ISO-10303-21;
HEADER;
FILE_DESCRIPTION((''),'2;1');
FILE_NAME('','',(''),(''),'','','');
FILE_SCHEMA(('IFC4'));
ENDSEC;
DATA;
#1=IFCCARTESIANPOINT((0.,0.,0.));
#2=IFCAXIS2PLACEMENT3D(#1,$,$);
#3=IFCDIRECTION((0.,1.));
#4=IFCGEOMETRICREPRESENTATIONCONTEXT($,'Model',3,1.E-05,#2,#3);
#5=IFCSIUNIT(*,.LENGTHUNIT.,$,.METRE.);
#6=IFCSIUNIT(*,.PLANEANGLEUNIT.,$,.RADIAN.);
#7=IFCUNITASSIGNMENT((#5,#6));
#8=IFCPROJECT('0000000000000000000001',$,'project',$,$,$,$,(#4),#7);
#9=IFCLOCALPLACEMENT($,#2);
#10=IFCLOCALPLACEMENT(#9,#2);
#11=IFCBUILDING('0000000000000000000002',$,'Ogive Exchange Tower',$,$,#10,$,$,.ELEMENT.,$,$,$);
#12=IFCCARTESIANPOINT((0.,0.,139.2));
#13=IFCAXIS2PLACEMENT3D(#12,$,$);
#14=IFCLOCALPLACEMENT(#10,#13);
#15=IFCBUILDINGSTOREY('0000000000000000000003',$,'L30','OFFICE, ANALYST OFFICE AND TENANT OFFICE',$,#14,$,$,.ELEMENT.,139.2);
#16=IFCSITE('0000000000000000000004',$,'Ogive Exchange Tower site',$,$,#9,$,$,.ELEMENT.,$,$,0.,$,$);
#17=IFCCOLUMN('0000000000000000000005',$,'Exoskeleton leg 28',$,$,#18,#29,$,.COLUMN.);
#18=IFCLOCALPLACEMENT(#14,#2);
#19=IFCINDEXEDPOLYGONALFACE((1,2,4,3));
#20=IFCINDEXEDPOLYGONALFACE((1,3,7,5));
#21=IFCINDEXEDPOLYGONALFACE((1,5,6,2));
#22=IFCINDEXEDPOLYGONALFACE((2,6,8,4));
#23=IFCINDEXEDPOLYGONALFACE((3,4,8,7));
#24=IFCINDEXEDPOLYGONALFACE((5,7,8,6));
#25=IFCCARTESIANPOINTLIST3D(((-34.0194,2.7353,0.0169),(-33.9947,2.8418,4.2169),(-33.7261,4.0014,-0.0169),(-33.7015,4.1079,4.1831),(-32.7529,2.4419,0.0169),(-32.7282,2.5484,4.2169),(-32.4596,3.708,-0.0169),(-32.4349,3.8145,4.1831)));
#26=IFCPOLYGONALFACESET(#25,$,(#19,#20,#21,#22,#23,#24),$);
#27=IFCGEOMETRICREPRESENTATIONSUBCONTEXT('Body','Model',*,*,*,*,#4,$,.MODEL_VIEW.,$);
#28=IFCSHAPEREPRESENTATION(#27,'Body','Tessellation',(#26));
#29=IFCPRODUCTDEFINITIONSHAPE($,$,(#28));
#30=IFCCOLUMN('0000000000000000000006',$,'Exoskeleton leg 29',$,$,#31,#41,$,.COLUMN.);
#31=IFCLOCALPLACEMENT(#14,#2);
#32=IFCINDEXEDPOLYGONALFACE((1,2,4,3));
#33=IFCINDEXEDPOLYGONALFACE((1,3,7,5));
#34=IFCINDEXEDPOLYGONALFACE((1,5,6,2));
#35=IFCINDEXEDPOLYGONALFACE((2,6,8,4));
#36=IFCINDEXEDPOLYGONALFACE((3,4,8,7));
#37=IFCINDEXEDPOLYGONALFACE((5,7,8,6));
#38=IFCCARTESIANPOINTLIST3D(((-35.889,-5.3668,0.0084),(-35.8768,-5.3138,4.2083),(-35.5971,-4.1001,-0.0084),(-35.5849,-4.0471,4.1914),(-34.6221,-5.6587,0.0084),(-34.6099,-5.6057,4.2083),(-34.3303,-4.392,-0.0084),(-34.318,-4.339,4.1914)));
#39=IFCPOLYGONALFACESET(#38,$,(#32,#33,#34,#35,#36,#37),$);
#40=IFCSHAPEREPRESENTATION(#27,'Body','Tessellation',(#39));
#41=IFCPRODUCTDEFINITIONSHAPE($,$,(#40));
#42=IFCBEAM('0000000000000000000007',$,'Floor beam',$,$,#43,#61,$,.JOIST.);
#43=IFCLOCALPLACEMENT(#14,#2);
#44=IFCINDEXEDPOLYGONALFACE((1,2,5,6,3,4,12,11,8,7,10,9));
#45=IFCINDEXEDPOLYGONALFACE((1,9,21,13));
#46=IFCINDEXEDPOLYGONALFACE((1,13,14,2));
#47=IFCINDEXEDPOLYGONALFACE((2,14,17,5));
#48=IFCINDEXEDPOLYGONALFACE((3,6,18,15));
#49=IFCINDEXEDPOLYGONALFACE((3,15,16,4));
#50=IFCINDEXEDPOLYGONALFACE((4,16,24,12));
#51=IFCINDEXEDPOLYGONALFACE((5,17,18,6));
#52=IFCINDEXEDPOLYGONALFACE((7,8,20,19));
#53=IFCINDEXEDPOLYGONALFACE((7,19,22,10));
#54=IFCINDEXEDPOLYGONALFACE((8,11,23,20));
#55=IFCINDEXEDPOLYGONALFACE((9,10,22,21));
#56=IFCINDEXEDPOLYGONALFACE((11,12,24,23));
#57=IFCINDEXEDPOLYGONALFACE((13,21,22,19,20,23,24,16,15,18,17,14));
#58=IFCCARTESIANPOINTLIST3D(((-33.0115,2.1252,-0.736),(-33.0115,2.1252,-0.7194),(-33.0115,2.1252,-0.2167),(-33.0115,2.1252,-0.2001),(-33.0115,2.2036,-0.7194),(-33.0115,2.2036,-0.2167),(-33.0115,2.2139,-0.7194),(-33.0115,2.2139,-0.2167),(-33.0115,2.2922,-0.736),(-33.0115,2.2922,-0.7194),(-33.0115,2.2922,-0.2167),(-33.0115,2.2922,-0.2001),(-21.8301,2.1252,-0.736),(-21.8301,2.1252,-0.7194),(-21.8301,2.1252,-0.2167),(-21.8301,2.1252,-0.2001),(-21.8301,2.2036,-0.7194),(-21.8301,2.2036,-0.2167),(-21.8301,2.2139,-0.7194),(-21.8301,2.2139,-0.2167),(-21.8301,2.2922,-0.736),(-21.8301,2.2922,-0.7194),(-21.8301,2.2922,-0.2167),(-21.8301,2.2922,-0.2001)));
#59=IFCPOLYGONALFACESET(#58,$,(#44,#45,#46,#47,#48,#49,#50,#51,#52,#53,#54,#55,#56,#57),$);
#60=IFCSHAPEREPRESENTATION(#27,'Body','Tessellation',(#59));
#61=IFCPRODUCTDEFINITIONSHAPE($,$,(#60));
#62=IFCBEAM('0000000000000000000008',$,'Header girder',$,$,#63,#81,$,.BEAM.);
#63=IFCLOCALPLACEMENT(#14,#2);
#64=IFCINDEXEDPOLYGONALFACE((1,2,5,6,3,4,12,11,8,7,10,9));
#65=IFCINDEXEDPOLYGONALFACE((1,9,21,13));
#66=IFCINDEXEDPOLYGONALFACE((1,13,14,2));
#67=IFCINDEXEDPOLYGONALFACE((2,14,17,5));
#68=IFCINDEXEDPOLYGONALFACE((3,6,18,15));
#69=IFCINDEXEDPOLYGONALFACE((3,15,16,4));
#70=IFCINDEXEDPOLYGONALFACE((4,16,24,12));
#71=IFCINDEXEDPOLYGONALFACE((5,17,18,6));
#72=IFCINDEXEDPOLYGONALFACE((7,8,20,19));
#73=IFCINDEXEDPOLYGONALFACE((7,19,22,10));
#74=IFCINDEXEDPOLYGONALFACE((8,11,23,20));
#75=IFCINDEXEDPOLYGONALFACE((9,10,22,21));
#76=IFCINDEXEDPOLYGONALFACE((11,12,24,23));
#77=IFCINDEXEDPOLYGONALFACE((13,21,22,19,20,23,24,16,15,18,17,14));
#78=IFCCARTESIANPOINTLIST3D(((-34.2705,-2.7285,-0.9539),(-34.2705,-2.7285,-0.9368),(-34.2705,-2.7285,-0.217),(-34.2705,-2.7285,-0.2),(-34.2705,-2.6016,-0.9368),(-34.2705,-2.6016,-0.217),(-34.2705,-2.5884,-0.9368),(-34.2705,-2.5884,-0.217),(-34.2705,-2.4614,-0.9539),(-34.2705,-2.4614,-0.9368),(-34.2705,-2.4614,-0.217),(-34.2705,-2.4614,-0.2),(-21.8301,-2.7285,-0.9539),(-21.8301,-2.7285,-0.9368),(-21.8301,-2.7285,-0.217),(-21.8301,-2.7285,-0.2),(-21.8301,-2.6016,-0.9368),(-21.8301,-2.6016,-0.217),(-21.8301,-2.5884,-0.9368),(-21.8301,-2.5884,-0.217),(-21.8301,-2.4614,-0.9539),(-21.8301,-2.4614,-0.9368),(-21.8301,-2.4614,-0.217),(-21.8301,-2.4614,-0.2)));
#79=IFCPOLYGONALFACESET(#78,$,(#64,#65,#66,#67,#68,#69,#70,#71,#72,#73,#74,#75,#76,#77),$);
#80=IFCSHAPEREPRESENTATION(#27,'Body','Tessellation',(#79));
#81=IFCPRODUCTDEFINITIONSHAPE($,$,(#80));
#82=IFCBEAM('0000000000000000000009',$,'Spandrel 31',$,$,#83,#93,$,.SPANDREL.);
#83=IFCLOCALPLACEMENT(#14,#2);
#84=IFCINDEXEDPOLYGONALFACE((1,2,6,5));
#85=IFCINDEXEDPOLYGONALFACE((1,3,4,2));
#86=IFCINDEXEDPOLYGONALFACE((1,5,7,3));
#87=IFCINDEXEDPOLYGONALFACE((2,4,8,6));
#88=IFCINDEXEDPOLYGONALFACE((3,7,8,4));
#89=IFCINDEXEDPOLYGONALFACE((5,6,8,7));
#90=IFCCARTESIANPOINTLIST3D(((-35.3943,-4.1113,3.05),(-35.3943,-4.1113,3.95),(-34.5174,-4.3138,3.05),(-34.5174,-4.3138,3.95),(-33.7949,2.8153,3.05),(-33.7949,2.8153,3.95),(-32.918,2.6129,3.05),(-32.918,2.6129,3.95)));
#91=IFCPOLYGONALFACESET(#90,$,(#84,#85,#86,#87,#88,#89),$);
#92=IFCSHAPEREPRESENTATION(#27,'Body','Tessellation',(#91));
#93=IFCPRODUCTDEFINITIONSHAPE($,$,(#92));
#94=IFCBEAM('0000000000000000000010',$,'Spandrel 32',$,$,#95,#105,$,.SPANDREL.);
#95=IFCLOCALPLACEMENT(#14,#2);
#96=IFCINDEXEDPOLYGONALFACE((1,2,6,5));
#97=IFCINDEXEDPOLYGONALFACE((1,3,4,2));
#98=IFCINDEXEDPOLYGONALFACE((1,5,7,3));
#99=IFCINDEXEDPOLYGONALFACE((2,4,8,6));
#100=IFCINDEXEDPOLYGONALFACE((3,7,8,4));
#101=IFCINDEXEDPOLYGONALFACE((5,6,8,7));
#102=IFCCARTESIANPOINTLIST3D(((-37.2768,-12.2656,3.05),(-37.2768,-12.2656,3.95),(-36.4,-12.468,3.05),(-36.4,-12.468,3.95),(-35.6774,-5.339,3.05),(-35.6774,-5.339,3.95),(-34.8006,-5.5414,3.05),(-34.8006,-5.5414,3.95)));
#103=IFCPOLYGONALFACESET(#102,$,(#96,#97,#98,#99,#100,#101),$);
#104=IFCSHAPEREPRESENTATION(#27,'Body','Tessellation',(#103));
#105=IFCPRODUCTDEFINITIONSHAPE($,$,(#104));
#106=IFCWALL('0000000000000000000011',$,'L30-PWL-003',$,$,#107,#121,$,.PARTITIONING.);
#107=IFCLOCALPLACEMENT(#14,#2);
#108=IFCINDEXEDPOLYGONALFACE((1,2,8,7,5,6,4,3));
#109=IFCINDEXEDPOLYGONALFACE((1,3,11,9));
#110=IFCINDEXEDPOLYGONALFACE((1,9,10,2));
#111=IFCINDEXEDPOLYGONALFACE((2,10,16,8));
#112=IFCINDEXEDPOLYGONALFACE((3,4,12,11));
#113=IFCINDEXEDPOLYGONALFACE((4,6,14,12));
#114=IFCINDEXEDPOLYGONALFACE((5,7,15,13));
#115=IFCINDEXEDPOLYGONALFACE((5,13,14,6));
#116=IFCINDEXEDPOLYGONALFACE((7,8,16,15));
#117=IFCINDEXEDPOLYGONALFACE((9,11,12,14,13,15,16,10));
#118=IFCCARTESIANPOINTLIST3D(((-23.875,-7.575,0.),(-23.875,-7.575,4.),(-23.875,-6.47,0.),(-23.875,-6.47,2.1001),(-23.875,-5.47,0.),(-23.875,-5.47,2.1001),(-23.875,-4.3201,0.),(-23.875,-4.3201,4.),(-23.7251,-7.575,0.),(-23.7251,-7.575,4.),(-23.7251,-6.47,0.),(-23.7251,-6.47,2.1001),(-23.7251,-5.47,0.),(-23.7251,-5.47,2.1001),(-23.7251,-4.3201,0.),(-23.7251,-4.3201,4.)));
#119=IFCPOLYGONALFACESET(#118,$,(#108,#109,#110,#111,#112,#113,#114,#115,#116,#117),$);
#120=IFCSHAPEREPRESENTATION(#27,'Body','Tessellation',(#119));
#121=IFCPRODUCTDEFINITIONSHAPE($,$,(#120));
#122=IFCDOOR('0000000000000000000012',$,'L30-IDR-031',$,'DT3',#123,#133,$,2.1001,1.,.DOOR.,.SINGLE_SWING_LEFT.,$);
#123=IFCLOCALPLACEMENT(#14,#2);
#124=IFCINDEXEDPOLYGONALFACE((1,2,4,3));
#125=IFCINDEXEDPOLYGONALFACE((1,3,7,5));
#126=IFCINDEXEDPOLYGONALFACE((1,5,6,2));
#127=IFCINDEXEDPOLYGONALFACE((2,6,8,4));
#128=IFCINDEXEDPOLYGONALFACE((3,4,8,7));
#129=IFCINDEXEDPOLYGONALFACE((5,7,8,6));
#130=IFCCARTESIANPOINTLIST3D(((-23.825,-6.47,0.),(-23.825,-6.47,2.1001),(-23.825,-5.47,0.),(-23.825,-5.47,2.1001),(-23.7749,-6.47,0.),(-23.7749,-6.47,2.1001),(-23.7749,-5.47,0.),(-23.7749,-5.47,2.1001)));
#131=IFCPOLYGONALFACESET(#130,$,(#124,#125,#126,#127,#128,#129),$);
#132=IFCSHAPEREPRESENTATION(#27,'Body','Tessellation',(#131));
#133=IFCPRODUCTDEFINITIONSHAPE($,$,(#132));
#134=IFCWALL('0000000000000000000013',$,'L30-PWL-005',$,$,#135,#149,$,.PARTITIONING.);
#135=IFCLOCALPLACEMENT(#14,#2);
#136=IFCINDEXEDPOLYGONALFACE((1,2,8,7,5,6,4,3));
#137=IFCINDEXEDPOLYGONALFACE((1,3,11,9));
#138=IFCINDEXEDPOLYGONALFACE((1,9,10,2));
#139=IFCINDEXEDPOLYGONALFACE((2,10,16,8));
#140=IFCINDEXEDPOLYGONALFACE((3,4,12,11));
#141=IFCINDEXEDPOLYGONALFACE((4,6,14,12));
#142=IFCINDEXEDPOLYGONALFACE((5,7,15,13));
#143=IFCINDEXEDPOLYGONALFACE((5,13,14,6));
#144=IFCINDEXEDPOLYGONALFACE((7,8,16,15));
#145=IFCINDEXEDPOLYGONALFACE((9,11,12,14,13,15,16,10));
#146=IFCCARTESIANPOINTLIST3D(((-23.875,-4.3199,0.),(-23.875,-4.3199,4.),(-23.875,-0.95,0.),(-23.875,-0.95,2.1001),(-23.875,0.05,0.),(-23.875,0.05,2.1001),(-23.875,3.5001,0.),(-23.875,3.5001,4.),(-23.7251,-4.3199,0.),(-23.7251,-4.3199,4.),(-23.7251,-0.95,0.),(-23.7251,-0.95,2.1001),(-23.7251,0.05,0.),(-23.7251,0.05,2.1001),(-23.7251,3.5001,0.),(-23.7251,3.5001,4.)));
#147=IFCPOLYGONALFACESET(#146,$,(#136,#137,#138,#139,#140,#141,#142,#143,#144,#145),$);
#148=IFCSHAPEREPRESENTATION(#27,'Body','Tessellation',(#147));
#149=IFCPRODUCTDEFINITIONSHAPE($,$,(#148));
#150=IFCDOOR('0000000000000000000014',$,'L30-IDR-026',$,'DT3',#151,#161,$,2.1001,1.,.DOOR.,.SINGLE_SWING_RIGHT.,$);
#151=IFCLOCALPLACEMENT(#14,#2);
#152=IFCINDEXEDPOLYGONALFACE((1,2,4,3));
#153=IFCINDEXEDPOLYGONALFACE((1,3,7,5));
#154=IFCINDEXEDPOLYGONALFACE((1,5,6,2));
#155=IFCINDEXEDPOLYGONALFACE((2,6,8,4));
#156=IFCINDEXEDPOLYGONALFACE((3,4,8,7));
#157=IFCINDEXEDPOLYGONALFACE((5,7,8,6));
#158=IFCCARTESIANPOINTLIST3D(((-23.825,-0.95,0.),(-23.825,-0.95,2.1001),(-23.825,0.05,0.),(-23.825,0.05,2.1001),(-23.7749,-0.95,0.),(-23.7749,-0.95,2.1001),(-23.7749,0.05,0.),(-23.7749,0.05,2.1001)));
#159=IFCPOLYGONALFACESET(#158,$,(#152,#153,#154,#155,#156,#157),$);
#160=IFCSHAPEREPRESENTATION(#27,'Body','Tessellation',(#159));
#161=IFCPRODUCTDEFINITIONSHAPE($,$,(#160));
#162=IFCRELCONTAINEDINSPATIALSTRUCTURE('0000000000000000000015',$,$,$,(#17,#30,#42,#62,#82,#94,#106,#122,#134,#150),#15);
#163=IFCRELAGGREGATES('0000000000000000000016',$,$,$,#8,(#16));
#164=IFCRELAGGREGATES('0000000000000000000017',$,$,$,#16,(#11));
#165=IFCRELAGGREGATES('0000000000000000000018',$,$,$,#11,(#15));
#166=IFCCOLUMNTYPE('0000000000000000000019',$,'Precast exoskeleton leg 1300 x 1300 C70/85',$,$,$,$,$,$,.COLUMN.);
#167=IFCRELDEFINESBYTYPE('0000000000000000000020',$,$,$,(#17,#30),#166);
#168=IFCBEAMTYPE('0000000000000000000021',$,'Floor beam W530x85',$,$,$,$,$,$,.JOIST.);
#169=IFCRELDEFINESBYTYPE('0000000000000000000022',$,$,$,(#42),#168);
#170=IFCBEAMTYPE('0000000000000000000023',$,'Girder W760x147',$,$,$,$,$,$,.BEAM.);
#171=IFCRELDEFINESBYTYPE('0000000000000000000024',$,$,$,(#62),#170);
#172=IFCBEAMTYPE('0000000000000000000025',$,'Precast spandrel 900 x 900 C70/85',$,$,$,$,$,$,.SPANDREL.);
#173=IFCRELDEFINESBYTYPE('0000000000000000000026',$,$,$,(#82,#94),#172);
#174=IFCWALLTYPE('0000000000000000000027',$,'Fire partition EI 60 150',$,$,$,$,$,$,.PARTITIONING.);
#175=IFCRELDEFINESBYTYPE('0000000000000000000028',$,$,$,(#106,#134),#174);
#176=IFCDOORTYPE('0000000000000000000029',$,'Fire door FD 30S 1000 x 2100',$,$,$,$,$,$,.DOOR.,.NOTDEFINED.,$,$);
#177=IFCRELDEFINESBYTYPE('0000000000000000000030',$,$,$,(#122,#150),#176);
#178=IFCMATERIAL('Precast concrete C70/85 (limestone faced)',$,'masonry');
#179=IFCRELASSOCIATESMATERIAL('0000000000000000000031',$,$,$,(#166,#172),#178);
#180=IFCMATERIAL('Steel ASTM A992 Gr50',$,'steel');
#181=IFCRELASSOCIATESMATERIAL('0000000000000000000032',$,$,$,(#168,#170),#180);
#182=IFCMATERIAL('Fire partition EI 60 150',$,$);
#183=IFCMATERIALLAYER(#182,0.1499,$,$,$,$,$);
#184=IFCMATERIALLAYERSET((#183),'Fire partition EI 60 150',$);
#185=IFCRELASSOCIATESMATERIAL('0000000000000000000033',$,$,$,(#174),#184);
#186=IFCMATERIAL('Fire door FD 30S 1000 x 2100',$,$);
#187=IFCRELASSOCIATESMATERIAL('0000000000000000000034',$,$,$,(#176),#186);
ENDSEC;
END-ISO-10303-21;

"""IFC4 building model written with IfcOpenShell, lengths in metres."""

from ifc_helpers import new_model, si_unit, direction, frame, frame_2d, origin, origin_2d, place, context, subcontext, project, spatial, rectangle, i_section, extrude, material, layer, layer_set, material_profile, profile_set, type_object, element, fill, save


model = new_model("IFC4")

# Units and contexts
model_context = context("Model", 3, precision=1e-05, world=origin(), true_north=direction((0.0, 1.0)))
body_context = subcontext(model_context, "Body", "Model", "MODEL_VIEW")
ifc_project = project(units=[si_unit("LENGTHUNIT", "METRE"), si_unit("PLANEANGLEUNIT", "RADIAN")], contexts=[model_context])

# Site, building, storey
site_placement = place(None, origin())
site = spatial("IfcSite", under=ifc_project, at=site_placement, Name="Ogive Exchange Tower site", CompositionType="ELEMENT", RefElevation=0.0)
building_placement = place(site_placement, origin())
building = spatial("IfcBuilding", under=site, at=building_placement, Name="Ogive Exchange Tower", CompositionType="ELEMENT")
storey_placement = place(building_placement, frame((0.0, 0.0, 139.2)))
storey = spatial("IfcBuildingStorey", under=building, at=storey_placement, Name="L30", Description="OFFICE, ANALYST OFFICE AND TENANT OFFICE", CompositionType="ELEMENT", Elevation=139.2)

# Columns
ifc_material_1 = material(Name="Precast concrete C70/85 (limestone faced)", Category="masonry")
ifc_material_profile_1 = material_profile(ifc_material_1, rectangle(XDim=1.3, YDim=1.3, at=origin_2d()), Name="1300 x 1300")
ifc_profile_set_1 = profile_set([ifc_material_profile_1], Name="Precast concrete C70/85 (limestone faced)")
column_type = type_object("IfcColumnType", Name="Precast exoskeleton leg 1300 x 1300 C70/85", PredefinedType="COLUMN", material=ifc_profile_set_1)
column_1_placement = place(storey_placement, frame((-33.2395, 3.2217, 0.0), z_axis=(0.005869, 0.025336, 0.999662), x_axis=(-0.974203, 0.225675, 0.0)))
element("IfcColumn", 1, at=column_1_placement, inside=storey, type_object=column_type, Name="Exoskeleton leg 28", PredefinedType="COLUMN", context=body_context, shape_type="SweptSolid", body=[
    extrude(rectangle(XDim=1.3, YDim=1.3, at=origin_2d()), origin(), (0.0, 0.0, 1.0), 4.2014),
])
column_2_placement = place(storey_placement, frame((-35.1096, -4.8794, 0.0), z_axis=(0.002906, 0.012613, 0.999916), x_axis=(-0.974467, 0.224532, 0.0)))
element("IfcColumn", 2, at=column_2_placement, inside=storey, type_object=column_type, Name="Exoskeleton leg 29", PredefinedType="COLUMN", context=body_context, shape_type="SweptSolid", body=[
    extrude(rectangle(XDim=1.3, YDim=1.3, at=origin_2d()), origin(), (0.0, 0.0, 1.0), 4.2002),
])

# Beams
ifc_material_2 = material(Name="Steel ASTM A992 Gr50", Category="steel")
ifc_material_profile_2 = material_profile(ifc_material_2, i_section(OverallWidth=0.167, OverallDepth=0.5359, WebThickness=0.0103, FlangeThickness=0.0166, at=origin_2d()), Name="W530x85")
ifc_profile_set_2 = profile_set([ifc_material_profile_2], Name="Steel ASTM A992 Gr50")
beam_type_1 = type_object("IfcBeamType", Name="Floor beam W530x85", PredefinedType="JOIST", material=ifc_profile_set_2)
beam_1_placement = place(storey_placement, frame((-33.0115, 2.2087, -0.468), z_axis=(1.0, 0.0, 0.0), x_axis=(0.0, 1.0, 0.0)))
element("IfcBeam", 3, at=beam_1_placement, inside=storey, type_object=beam_type_1, Name="Floor beam", PredefinedType="JOIST", context=body_context, shape_type="SweptSolid", body=[
    extrude(i_section(OverallWidth=0.167, OverallDepth=0.5359, WebThickness=0.0103, FlangeThickness=0.0166, at=origin_2d()), origin(), (0.0, 0.0, 1.0), 11.1814),
])
ifc_material_profile_3 = material_profile(ifc_material_2, i_section(OverallWidth=0.2671, OverallDepth=0.7539, WebThickness=0.0132, FlangeThickness=0.0171, at=origin_2d()), Name="W760x147")
ifc_profile_set_3 = profile_set([ifc_material_profile_3], Name="Steel ASTM A992 Gr50")
beam_type_2 = type_object("IfcBeamType", Name="Girder W760x147", PredefinedType="BEAM", material=ifc_profile_set_3)
beam_2_placement = place(storey_placement, frame((-34.2705, -2.595, -0.5769), z_axis=(1.0, 0.0, 0.0), x_axis=(0.0, 1.0, 0.0)))
element("IfcBeam", 4, at=beam_2_placement, inside=storey, type_object=beam_type_2, Name="Header girder", PredefinedType="BEAM", context=body_context, shape_type="SweptSolid", body=[
    extrude(i_section(OverallWidth=0.2671, OverallDepth=0.7539, WebThickness=0.0132, FlangeThickness=0.0171, at=origin_2d()), origin(), (0.0, 0.0, 1.0), 12.4404),
])
ifc_material_profile_4 = material_profile(ifc_material_1, rectangle(XDim=0.8999, YDim=0.8999, at=origin_2d()), Name="900 x 900")
ifc_profile_set_4 = profile_set([ifc_material_profile_4], Name="Precast concrete C70/85 (limestone faced)")
beam_type_3 = type_object("IfcBeamType", Name="Precast spandrel 900 x 900 C70/85", PredefinedType="SPANDREL", material=ifc_profile_set_4)
for number, where, z_axis, x_axis, name in (
    (5, (-33.3564, 2.7141, 3.5), (-0.224985, -0.974362, 0.0), (0.974362, -0.224985, 0.0), "Spandrel 31"),
    (6, (-35.239, -5.4402, 3.5), (-0.224985, -0.974362, 0.0), (0.974362, -0.224985, 0.0), "Spandrel 32"),
):
    element("IfcBeam", number, at=place(storey_placement, frame(where, z_axis=z_axis, x_axis=x_axis)), inside=storey, type_object=beam_type_3, Name=name, PredefinedType="SPANDREL", context=body_context, shape_type="SweptSolid", body=[
        extrude(rectangle(XDim=0.8999, YDim=0.8999, at=origin_2d()), origin(), (0.0, 0.0, 1.0), 7.1089),
    ])

# Walls, openings, doors
ifc_material_3 = material(Name="Fire partition EI 60 150")
ifc_layer_1 = layer(ifc_material_3, 0.1499)
ifc_layer_set_1 = layer_set([ifc_layer_1], Name="Fire partition EI 60 150")
wall_type_1 = type_object("IfcWallType", Name="Fire partition EI 60 150", PredefinedType="PARTITIONING", material=ifc_layer_set_1)
wall_1_placement = place(storey_placement, frame((-23.8, -7.575, 0.0), z_axis=(0.0, 0.0, 1.0), x_axis=(0.0, 1.0, 0.0)))
wall_1 = element("IfcWall", 7, at=wall_1_placement, inside=storey, type_object=wall_type_1, Name="L30-PWL-003", PredefinedType="PARTITIONING", context=body_context, shape_type="SweptSolid", body=[
    extrude(rectangle(XDim=3.2549, YDim=0.1499, at=frame_2d((1.6274, 0.0))), origin(), (0.0, 0.0, 1.0), 4.0),
])
opening_1_placement = place(wall_1_placement, frame((1.105, 0.0, 0.0)))
opening_1 = element("IfcOpeningElement", 8, at=opening_1_placement, cuts=wall_1, PredefinedType="OPENING", context=body_context, shape_type="SweptSolid", body=[
    extrude(rectangle(XDim=1.0, YDim=2.1001, at=frame_2d((0.5, 1.05))), frame((0.0, 0.085, 0.0), z_axis=(0.0, -1.0, 0.0), x_axis=(1.0, 0.0, 0.0)), (0.0, 0.0, 1.0), 0.1699),
])
ifc_material_4 = material(Name="Fire door FD 30S 1000 x 2100")
door_type_1 = type_object("IfcDoorType", Name="Fire door FD 30S 1000 x 2100", OperationType="NOTDEFINED", PredefinedType="DOOR", material=ifc_material_4)
door_1_placement = place(opening_1_placement, origin())
door_1 = element("IfcDoor", 9, at=door_1_placement, inside=storey, type_object=door_type_1, Name="L30-IDR-031", ObjectType="DT3", OperationType="SINGLE_SWING_LEFT", OverallHeight=2.1001, OverallWidth=1.0, PredefinedType="DOOR", context=body_context, shape_type="SweptSolid", body=[
    extrude(rectangle(XDim=1.0, YDim=2.1001, at=frame_2d((0.5, 1.05))), frame((0.0, 0.0249, 0.0), z_axis=(0.0, -1.0, 0.0), x_axis=(1.0, 0.0, 0.0)), (0.0, 0.0, 1.0), 0.05),
])
fill(opening_1, door_1)
wall_2_placement = place(storey_placement, frame((-23.8, -4.3201, 0.0), z_axis=(0.0, 0.0, 1.0), x_axis=(0.0, 1.0, 0.0)))
wall_2 = element("IfcWall", 10, at=wall_2_placement, inside=storey, type_object=wall_type_1, Name="L30-PWL-005", PredefinedType="PARTITIONING", context=body_context, shape_type="SweptSolid", body=[
    extrude(rectangle(XDim=7.8201, YDim=0.1499, at=frame_2d((3.9102, 0.0))), origin(), (0.0, 0.0, 1.0), 4.0),
])
opening_2_placement = place(wall_2_placement, frame((3.3701, 0.0, 0.0)))
opening_2 = element("IfcOpeningElement", 11, at=opening_2_placement, cuts=wall_2, PredefinedType="OPENING", context=body_context, shape_type="SweptSolid", body=[
    extrude(rectangle(XDim=1.0, YDim=2.1001, at=frame_2d((0.5, 1.05))), frame((0.0, 0.085, 0.0), z_axis=(0.0, -1.0, 0.0), x_axis=(1.0, 0.0, 0.0)), (0.0, 0.0, 1.0), 0.1699),
])
door_2_placement = place(opening_2_placement, origin())
door_2 = element("IfcDoor", 12, at=door_2_placement, inside=storey, type_object=door_type_1, Name="L30-IDR-026", ObjectType="DT3", OperationType="SINGLE_SWING_RIGHT", OverallHeight=2.1001, OverallWidth=1.0, PredefinedType="DOOR", context=body_context, shape_type="SweptSolid", body=[
    extrude(rectangle(XDim=1.0, YDim=2.1001, at=frame_2d((0.5, 1.05))), frame((0.0, 0.0249, 0.0), z_axis=(0.0, -1.0, 0.0), x_axis=(1.0, 0.0, 0.0)), (0.0, 0.0, 1.0), 0.05),
])
fill(opening_2, door_2)

save(model, "model.ifc")
